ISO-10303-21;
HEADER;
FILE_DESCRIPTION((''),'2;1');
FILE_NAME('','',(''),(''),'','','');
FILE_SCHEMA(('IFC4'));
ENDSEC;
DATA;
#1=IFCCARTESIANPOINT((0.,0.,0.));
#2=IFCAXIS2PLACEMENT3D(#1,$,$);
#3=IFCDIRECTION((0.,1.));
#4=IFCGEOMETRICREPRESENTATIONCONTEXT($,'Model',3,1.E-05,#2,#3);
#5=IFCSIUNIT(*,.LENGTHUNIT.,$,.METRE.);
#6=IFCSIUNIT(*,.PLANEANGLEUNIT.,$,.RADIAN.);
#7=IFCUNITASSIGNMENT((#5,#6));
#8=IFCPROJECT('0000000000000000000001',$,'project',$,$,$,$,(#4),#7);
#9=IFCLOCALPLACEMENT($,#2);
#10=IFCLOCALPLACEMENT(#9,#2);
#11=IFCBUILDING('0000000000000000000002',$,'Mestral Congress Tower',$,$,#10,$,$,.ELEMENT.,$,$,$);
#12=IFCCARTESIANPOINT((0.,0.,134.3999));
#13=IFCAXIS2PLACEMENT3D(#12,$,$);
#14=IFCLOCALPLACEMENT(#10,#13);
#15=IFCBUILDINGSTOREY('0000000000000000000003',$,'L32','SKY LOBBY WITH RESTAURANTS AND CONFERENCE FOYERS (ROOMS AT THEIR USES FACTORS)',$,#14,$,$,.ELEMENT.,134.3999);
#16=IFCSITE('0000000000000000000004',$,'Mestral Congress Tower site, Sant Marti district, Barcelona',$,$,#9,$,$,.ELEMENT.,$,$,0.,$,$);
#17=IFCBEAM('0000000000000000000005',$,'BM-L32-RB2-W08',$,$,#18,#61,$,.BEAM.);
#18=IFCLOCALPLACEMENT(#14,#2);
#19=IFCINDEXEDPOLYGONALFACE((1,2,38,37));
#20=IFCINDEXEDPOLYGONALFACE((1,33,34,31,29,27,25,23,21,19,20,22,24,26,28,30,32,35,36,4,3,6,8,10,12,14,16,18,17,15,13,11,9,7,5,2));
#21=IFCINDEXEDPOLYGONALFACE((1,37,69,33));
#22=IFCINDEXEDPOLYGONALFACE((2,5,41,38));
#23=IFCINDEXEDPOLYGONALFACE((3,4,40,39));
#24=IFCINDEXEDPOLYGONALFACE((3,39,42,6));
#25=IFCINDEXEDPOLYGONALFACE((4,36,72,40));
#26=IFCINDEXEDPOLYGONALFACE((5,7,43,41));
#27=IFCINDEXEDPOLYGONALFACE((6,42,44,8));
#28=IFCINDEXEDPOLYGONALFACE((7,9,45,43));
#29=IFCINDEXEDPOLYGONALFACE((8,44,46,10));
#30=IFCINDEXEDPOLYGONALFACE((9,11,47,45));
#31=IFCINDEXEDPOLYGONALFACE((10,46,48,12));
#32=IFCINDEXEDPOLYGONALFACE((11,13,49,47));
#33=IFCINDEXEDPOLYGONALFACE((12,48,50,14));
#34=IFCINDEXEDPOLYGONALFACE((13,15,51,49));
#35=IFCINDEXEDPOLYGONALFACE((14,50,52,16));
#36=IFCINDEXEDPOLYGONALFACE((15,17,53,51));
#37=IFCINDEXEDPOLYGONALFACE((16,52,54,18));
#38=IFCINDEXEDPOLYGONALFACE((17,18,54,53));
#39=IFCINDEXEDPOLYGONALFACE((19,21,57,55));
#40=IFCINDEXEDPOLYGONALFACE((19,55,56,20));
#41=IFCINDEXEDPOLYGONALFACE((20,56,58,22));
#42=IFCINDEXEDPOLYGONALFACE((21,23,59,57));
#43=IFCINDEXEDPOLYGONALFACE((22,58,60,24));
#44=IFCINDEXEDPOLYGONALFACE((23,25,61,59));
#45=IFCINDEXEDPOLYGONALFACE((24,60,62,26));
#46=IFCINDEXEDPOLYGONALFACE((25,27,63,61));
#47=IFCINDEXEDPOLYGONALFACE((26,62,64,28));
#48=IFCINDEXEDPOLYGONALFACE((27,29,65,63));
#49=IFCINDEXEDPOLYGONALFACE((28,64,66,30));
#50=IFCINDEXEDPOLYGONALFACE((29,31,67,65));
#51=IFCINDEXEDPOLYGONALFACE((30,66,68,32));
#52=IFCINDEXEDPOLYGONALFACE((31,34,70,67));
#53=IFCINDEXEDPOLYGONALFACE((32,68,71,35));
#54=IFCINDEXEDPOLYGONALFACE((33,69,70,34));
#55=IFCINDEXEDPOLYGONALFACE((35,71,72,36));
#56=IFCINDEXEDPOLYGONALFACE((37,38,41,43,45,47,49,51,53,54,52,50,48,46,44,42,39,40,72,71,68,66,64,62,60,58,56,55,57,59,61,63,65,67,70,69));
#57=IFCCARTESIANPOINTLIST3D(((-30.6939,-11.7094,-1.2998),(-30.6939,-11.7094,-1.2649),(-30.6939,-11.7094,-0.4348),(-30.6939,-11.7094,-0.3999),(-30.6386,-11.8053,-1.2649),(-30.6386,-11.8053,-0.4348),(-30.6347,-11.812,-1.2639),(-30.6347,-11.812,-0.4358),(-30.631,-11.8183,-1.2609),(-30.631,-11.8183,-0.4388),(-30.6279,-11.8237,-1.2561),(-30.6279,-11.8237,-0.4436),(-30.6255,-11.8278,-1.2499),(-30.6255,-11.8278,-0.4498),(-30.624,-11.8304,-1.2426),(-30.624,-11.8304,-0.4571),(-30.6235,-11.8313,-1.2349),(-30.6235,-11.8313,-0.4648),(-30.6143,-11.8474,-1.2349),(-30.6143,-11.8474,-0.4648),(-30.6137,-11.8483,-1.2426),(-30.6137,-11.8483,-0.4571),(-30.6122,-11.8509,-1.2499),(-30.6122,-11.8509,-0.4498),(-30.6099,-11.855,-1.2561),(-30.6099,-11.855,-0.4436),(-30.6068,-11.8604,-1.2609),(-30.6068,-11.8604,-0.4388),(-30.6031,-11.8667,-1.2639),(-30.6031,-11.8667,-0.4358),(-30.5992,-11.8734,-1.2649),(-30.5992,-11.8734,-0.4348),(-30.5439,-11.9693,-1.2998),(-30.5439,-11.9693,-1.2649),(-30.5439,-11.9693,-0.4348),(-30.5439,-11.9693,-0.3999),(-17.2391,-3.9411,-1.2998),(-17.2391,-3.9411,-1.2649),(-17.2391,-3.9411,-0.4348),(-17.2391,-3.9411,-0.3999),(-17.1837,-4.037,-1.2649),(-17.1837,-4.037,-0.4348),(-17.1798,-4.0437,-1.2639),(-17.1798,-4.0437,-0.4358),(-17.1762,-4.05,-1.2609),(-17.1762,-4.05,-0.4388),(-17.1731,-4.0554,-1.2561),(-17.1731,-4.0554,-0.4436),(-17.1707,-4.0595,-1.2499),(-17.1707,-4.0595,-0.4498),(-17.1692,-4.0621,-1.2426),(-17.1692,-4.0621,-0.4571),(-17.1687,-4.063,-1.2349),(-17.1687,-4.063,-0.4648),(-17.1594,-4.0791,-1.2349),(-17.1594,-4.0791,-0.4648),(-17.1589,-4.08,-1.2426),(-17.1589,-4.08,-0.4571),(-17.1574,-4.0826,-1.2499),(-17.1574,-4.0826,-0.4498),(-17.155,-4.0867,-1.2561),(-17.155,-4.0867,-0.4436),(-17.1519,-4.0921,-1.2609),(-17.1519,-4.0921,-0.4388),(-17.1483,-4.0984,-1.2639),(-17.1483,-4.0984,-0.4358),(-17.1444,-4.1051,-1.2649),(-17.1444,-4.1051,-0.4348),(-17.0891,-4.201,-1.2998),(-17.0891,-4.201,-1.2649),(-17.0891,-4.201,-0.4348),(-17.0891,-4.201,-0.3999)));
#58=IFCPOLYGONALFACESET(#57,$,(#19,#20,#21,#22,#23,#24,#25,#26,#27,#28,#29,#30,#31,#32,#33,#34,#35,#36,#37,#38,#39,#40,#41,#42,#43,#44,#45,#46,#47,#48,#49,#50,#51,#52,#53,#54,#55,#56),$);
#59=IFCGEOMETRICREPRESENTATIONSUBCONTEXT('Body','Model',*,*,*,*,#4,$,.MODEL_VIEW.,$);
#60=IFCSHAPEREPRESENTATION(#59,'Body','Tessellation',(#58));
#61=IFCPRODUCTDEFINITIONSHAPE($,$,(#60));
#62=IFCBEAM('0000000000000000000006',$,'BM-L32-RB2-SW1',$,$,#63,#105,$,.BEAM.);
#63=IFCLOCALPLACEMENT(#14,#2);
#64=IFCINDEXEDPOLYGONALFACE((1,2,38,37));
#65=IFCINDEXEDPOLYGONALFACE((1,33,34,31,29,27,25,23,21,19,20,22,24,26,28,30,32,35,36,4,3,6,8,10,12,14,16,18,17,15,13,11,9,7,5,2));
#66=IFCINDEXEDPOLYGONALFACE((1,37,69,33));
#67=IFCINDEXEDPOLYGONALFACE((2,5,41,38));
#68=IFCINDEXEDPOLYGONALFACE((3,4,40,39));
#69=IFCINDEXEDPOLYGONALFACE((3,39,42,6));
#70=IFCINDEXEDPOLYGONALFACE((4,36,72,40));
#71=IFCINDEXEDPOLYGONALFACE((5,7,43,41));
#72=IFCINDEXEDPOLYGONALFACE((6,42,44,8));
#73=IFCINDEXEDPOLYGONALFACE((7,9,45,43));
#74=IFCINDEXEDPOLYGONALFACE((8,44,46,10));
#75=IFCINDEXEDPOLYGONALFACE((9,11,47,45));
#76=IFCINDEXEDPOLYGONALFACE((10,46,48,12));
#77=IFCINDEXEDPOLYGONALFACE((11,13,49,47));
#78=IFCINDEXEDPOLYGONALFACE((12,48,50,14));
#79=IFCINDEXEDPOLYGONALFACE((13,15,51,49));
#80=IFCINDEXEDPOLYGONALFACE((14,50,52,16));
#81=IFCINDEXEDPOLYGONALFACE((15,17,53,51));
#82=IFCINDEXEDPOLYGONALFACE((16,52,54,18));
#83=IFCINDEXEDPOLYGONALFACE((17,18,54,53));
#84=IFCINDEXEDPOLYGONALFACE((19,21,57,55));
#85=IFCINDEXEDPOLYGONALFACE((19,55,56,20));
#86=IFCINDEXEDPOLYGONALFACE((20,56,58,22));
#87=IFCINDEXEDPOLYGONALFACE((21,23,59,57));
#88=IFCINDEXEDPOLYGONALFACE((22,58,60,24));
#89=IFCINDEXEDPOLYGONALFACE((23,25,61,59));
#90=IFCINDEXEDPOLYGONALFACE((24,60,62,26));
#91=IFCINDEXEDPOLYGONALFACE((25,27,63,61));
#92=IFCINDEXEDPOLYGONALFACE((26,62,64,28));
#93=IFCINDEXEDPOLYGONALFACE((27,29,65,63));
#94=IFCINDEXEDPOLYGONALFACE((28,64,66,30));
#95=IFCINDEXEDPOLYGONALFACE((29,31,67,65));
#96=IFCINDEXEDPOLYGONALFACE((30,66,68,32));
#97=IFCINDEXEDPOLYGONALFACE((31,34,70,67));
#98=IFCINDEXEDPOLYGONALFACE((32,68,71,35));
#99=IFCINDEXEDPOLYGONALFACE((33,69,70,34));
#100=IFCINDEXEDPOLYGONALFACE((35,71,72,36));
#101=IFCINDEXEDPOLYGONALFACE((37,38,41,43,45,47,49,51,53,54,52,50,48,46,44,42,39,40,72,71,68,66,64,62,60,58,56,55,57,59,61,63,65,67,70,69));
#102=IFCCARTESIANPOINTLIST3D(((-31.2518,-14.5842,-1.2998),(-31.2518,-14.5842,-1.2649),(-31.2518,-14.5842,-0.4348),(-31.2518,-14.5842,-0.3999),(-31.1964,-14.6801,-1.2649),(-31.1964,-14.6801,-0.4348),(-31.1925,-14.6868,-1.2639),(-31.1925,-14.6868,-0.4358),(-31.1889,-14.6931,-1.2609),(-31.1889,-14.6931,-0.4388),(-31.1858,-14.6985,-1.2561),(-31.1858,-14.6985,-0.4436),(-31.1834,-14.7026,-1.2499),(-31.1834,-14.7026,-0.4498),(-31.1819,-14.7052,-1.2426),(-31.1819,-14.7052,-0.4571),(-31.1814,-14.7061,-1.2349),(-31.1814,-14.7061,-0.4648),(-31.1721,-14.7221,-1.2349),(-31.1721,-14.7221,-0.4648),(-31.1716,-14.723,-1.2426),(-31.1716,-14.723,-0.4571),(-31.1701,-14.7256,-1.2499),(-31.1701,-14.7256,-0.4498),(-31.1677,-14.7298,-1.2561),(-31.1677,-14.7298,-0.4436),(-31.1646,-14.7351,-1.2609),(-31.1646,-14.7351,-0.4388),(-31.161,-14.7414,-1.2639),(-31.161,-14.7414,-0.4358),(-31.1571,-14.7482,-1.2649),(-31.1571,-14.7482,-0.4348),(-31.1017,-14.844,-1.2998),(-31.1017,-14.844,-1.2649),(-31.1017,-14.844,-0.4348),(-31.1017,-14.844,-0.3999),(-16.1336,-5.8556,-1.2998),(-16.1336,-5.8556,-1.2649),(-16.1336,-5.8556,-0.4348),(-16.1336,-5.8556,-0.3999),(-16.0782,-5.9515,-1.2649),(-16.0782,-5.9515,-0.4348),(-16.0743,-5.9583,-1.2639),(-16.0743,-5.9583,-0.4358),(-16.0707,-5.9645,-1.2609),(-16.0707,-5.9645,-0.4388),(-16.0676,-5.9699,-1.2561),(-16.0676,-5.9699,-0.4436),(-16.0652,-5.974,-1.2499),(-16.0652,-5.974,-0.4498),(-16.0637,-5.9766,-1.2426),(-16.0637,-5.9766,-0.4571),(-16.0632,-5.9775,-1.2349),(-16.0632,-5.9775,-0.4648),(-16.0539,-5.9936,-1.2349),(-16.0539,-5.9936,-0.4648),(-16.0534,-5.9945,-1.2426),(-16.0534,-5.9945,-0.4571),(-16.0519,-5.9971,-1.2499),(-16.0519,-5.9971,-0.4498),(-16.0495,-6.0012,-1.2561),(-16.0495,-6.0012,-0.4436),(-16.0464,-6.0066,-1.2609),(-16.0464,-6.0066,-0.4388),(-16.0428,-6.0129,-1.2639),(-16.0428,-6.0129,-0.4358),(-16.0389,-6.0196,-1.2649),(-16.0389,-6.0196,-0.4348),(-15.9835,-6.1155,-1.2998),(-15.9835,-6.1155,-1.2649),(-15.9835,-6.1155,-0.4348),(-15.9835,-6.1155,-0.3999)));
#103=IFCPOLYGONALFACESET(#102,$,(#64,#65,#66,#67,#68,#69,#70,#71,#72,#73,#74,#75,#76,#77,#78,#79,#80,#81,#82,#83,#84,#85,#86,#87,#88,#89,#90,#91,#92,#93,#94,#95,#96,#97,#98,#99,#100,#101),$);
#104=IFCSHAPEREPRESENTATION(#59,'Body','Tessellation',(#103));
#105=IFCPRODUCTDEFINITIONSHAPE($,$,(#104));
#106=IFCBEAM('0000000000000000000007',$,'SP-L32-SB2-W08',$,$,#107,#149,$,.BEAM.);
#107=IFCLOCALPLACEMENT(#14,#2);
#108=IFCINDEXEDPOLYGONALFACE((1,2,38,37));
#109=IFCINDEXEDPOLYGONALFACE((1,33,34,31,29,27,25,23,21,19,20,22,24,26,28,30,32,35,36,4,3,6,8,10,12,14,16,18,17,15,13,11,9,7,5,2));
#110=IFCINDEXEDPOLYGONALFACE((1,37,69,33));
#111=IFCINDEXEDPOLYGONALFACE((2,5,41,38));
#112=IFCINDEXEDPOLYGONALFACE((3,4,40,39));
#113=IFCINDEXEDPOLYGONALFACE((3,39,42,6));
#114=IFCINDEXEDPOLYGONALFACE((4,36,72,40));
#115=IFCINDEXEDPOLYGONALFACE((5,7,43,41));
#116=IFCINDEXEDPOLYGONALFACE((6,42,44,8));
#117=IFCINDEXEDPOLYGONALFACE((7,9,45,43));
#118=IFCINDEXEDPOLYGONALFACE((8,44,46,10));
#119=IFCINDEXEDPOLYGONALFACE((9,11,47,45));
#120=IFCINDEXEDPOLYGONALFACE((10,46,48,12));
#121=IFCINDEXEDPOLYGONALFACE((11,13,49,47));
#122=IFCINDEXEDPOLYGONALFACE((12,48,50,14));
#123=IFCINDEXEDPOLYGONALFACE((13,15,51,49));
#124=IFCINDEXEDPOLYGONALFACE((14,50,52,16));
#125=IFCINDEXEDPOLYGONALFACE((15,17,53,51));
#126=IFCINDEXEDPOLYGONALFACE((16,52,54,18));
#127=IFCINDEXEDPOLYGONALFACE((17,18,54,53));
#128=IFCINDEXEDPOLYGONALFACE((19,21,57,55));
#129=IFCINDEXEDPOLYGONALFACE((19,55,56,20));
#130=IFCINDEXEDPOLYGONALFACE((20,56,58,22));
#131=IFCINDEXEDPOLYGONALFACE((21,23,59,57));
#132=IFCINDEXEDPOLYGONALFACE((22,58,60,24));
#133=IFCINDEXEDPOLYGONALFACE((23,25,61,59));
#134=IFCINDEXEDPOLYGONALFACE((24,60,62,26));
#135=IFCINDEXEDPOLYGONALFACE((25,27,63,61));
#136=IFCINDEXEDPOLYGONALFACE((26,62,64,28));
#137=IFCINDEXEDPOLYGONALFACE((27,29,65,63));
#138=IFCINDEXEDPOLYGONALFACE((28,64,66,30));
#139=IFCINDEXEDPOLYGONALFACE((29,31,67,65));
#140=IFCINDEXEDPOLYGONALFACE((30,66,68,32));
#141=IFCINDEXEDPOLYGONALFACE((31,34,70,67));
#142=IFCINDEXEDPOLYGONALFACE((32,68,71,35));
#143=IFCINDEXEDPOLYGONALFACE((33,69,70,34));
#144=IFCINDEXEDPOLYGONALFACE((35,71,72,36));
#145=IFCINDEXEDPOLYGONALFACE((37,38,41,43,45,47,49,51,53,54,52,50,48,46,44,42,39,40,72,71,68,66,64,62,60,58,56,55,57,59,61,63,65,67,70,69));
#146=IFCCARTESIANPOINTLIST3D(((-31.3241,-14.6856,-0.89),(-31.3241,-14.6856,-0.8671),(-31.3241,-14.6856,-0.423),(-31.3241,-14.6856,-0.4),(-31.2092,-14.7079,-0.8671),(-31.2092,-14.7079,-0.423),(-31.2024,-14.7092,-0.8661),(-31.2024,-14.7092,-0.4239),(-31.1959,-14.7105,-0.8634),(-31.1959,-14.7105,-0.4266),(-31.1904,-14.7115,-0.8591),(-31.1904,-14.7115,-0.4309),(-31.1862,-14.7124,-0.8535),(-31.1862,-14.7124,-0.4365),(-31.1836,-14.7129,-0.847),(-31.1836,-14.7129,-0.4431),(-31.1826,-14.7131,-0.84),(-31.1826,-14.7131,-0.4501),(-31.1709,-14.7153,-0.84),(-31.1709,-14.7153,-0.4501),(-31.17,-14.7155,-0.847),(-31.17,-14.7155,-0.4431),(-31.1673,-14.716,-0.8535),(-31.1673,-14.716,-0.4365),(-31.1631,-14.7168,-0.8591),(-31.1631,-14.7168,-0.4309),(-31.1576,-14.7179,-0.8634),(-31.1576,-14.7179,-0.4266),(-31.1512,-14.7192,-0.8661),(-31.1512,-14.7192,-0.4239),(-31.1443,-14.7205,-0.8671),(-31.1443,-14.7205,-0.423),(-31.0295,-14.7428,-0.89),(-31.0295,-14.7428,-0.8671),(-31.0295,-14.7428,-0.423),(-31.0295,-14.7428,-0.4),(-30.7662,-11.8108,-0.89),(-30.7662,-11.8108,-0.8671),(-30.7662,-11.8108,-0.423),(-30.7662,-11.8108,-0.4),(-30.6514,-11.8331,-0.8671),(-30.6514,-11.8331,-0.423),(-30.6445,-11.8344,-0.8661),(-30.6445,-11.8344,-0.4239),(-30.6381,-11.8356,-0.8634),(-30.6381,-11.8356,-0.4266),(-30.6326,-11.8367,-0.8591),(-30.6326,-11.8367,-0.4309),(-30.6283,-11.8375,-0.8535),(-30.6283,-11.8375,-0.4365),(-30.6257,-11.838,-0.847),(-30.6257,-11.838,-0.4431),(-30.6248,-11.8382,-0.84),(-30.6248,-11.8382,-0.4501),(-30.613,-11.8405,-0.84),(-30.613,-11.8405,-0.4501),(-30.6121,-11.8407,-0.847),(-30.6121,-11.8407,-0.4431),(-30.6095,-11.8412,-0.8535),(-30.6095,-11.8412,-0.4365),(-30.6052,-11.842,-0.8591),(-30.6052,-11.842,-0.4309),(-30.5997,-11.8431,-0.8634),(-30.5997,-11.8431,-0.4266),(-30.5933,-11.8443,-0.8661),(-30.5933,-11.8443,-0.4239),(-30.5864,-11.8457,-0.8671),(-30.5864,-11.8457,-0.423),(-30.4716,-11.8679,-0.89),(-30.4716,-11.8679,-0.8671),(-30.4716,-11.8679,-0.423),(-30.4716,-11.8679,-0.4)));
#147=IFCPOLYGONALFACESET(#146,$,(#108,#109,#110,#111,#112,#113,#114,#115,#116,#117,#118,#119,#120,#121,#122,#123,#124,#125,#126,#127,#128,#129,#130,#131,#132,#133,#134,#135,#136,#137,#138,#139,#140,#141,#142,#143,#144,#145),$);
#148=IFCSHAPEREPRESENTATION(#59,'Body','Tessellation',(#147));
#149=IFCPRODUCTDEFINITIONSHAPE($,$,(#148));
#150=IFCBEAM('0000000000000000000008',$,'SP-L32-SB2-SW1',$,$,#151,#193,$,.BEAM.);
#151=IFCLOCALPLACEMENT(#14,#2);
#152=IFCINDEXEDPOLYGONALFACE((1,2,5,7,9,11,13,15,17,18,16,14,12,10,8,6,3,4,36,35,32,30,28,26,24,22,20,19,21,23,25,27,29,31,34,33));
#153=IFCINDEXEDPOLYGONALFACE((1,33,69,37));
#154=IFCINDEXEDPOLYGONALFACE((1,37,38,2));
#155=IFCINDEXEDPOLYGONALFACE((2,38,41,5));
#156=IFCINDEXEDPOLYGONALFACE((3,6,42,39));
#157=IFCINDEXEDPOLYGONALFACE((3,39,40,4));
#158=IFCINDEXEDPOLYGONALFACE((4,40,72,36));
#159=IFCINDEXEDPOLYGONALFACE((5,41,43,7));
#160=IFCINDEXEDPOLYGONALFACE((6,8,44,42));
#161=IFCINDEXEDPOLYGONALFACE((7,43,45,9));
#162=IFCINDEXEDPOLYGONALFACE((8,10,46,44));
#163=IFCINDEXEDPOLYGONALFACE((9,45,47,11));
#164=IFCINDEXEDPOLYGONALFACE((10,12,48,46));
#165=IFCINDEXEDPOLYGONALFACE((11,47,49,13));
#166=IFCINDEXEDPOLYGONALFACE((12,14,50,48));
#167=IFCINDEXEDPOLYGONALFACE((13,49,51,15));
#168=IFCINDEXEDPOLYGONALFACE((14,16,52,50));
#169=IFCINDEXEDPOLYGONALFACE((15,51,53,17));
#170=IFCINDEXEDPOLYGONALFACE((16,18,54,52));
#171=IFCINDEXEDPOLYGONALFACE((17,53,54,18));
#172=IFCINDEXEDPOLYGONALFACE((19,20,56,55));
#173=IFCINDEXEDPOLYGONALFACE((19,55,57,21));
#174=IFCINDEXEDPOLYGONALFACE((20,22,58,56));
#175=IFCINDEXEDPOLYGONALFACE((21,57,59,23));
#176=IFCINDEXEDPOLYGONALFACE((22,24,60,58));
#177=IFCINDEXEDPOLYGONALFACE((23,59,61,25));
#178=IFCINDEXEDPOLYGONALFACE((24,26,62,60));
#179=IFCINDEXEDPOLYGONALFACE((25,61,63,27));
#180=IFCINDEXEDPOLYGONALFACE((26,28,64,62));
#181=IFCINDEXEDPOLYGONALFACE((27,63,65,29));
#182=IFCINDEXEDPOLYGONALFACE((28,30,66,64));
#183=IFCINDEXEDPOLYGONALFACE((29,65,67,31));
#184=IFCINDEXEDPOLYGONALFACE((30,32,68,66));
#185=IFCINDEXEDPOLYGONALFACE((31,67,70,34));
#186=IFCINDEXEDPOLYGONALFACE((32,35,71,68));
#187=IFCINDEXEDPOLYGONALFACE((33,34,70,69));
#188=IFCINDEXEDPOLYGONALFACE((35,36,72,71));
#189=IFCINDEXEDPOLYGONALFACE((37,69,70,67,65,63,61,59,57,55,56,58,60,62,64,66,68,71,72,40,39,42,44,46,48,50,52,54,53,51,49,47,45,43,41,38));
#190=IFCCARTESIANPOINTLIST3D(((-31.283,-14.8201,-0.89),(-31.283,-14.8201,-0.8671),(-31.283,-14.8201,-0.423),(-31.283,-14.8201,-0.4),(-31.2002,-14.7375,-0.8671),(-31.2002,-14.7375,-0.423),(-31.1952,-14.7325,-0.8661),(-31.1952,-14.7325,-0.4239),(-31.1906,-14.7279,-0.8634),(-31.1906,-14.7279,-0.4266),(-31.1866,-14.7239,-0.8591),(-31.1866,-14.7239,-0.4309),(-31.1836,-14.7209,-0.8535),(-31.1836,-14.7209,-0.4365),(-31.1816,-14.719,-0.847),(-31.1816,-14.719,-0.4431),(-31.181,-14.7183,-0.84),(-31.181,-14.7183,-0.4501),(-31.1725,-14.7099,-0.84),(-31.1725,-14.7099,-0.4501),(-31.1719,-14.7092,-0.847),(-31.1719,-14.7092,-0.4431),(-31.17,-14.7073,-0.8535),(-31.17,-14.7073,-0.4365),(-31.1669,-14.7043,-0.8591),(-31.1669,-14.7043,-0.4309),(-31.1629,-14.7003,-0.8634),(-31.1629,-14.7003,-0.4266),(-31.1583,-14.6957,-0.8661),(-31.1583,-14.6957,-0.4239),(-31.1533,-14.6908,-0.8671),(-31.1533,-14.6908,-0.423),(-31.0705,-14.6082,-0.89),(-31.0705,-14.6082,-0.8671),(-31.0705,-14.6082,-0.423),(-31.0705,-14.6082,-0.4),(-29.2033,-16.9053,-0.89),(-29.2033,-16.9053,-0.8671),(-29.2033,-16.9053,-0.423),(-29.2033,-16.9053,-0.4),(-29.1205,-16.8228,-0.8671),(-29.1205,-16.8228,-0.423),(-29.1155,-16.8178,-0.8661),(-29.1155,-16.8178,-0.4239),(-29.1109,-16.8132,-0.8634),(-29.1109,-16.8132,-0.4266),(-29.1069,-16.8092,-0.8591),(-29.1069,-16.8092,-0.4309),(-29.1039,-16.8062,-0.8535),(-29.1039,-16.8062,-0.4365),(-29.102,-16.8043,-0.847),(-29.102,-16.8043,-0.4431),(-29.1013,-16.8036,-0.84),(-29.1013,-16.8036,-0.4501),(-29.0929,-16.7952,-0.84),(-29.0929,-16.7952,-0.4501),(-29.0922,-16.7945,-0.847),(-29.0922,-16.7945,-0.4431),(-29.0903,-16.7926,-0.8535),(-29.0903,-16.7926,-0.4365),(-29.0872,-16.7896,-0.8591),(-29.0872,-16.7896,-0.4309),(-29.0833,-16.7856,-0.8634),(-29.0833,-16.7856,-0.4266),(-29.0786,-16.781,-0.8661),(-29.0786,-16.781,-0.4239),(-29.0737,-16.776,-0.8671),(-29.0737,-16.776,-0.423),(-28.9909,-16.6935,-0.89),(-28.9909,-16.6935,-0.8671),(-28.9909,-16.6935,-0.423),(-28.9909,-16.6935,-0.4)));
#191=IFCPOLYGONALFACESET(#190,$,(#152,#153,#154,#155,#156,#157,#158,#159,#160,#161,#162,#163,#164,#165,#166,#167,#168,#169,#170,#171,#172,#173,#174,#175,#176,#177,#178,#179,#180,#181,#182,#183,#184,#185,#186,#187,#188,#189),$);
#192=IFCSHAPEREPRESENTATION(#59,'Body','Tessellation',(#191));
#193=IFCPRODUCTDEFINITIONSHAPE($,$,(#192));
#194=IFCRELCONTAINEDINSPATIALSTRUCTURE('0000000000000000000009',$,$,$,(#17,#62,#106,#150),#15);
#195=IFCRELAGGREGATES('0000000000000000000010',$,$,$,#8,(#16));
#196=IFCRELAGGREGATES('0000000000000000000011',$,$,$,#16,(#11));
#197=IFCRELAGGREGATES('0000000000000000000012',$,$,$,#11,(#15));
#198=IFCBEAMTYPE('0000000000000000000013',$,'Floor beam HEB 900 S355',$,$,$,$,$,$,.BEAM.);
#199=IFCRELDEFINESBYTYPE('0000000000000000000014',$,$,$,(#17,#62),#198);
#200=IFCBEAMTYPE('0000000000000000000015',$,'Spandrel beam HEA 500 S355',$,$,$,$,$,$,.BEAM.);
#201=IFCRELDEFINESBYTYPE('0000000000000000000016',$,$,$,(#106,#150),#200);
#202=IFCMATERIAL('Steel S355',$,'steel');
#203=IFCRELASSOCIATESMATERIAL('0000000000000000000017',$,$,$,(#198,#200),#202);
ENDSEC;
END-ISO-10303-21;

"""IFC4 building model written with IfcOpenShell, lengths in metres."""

from ifc_helpers import new_model, si_unit, direction, frame, origin, origin_2d, place, context, subcontext, project, spatial, i_section, extrude, material, material_profile, profile_set, type_object, element, save


model = new_model("IFC4")

# Units and contexts
model_context = context("Model", 3, precision=1e-05, world=origin(), true_north=direction((0.0, 1.0)))
body_context = subcontext(model_context, "Body", "Model", "MODEL_VIEW")
ifc_project = project(units=[si_unit("LENGTHUNIT", "METRE"), si_unit("PLANEANGLEUNIT", "RADIAN")], contexts=[model_context])

# Site, building, storey
site_placement = place(None, origin())
site = spatial("IfcSite", under=ifc_project, at=site_placement, Name="Mestral Congress Tower site, Sant Marti district, Barcelona", CompositionType="ELEMENT", RefElevation=0.0)
building_placement = place(site_placement, origin())
building = spatial("IfcBuilding", under=site, at=building_placement, Name="Mestral Congress Tower", CompositionType="ELEMENT")
storey_placement = place(building_placement, frame((0.0, 0.0, 134.3999)))
storey = spatial("IfcBuildingStorey", under=building, at=storey_placement, Name="L32", Description="SKY LOBBY WITH RESTAURANTS AND CONFERENCE FOYERS (ROOMS AT THEIR USES FACTORS)", CompositionType="ELEMENT", Elevation=134.3999)

# Shared definitions
ifc_material_1 = material(Name="Steel S355", Category="steel")

# Beams
ifc_material_profile_1 = material_profile(ifc_material_1, i_section(OverallWidth=0.3, OverallDepth=0.8999, WebThickness=0.0186, FlangeThickness=0.0349, FilletRadius=0.03, at=origin_2d()), Name="HEB 900")
ifc_profile_set_1 = profile_set([ifc_material_profile_1], Name="Steel S355")
beam_type_1 = type_object("IfcBeamType", Name="Floor beam HEB 900 S355", PredefinedType="BEAM", material=ifc_profile_set_1)
beam_1_placement = place(storey_placement, frame((-30.6189, -11.8394, -0.8499), z_axis=(0.866021, 0.500008, 0.0), x_axis=(-0.500008, 0.866021, 0.0)))
element("IfcBeam", 1, at=beam_1_placement, inside=storey, type_object=beam_type_1, Name="BM-L32-RB2-W08", PredefinedType="BEAM", context=body_context, shape_type="SweptSolid", body=[
    extrude(i_section(OverallWidth=0.3, OverallDepth=0.8999, WebThickness=0.0186, FlangeThickness=0.0349, FilletRadius=0.03, at=origin_2d()), origin(), (0.0, 0.0, 1.0), 15.5364),
])
beam_2_placement = place(storey_placement, frame((-31.1768, -14.7141, -0.8499), z_axis=(0.866024, 0.500002, 0.0), x_axis=(-0.500002, 0.866024, 0.0)))
element("IfcBeam", 2, at=beam_2_placement, inside=storey, type_object=beam_type_1, Name="BM-L32-RB2-SW1", PredefinedType="BEAM", context=body_context, shape_type="SweptSolid", body=[
    extrude(i_section(OverallWidth=0.3, OverallDepth=0.8999, WebThickness=0.0186, FlangeThickness=0.0349, FilletRadius=0.03, at=origin_2d()), origin(), (0.0, 0.0, 1.0), 17.457),
])
ifc_material_profile_2 = material_profile(ifc_material_1, i_section(OverallWidth=0.3, OverallDepth=0.49, WebThickness=0.012, FlangeThickness=0.0229, FilletRadius=0.0271, at=origin_2d()), Name="HEA 500")
ifc_profile_set_2 = profile_set([ifc_material_profile_2], Name="Steel S355")
beam_type_2 = type_object("IfcBeamType", Name="Spandrel beam HEA 500 S355", PredefinedType="BEAM", material=ifc_profile_set_2)
beam_3_placement = place(storey_placement, frame((-30.6189, -11.8394, -0.645), z_axis=(-0.190501, -0.981687, 0.0), x_axis=(0.981687, -0.190501, 0.0)))
element("IfcBeam", 3, at=beam_3_placement, inside=storey, type_object=beam_type_2, Name="SP-L32-SB2-W08", PredefinedType="BEAM", context=body_context, shape_type="SweptSolid", body=[
    extrude(i_section(OverallWidth=0.3, OverallDepth=0.49, WebThickness=0.012, FlangeThickness=0.0229, FilletRadius=0.0271, at=origin_2d()), origin(), (0.0, 0.0, 1.0), 2.9285),
])
beam_4_placement = place(storey_placement, frame((-31.1768, -14.7141, -0.645), z_axis=(0.706153, -0.70806, 0.0), x_axis=(0.70806, 0.706153, 0.0)))
element("IfcBeam", 4, at=beam_4_placement, inside=storey, type_object=beam_type_2, Name="SP-L32-SB2-SW1", PredefinedType="BEAM", context=body_context, shape_type="SweptSolid", body=[
    extrude(i_section(OverallWidth=0.3, OverallDepth=0.49, WebThickness=0.012, FlangeThickness=0.0229, FilletRadius=0.0271, at=origin_2d()), origin(), (0.0, 0.0, 1.0), 2.9451),
])

save(model, "model.ifc")
